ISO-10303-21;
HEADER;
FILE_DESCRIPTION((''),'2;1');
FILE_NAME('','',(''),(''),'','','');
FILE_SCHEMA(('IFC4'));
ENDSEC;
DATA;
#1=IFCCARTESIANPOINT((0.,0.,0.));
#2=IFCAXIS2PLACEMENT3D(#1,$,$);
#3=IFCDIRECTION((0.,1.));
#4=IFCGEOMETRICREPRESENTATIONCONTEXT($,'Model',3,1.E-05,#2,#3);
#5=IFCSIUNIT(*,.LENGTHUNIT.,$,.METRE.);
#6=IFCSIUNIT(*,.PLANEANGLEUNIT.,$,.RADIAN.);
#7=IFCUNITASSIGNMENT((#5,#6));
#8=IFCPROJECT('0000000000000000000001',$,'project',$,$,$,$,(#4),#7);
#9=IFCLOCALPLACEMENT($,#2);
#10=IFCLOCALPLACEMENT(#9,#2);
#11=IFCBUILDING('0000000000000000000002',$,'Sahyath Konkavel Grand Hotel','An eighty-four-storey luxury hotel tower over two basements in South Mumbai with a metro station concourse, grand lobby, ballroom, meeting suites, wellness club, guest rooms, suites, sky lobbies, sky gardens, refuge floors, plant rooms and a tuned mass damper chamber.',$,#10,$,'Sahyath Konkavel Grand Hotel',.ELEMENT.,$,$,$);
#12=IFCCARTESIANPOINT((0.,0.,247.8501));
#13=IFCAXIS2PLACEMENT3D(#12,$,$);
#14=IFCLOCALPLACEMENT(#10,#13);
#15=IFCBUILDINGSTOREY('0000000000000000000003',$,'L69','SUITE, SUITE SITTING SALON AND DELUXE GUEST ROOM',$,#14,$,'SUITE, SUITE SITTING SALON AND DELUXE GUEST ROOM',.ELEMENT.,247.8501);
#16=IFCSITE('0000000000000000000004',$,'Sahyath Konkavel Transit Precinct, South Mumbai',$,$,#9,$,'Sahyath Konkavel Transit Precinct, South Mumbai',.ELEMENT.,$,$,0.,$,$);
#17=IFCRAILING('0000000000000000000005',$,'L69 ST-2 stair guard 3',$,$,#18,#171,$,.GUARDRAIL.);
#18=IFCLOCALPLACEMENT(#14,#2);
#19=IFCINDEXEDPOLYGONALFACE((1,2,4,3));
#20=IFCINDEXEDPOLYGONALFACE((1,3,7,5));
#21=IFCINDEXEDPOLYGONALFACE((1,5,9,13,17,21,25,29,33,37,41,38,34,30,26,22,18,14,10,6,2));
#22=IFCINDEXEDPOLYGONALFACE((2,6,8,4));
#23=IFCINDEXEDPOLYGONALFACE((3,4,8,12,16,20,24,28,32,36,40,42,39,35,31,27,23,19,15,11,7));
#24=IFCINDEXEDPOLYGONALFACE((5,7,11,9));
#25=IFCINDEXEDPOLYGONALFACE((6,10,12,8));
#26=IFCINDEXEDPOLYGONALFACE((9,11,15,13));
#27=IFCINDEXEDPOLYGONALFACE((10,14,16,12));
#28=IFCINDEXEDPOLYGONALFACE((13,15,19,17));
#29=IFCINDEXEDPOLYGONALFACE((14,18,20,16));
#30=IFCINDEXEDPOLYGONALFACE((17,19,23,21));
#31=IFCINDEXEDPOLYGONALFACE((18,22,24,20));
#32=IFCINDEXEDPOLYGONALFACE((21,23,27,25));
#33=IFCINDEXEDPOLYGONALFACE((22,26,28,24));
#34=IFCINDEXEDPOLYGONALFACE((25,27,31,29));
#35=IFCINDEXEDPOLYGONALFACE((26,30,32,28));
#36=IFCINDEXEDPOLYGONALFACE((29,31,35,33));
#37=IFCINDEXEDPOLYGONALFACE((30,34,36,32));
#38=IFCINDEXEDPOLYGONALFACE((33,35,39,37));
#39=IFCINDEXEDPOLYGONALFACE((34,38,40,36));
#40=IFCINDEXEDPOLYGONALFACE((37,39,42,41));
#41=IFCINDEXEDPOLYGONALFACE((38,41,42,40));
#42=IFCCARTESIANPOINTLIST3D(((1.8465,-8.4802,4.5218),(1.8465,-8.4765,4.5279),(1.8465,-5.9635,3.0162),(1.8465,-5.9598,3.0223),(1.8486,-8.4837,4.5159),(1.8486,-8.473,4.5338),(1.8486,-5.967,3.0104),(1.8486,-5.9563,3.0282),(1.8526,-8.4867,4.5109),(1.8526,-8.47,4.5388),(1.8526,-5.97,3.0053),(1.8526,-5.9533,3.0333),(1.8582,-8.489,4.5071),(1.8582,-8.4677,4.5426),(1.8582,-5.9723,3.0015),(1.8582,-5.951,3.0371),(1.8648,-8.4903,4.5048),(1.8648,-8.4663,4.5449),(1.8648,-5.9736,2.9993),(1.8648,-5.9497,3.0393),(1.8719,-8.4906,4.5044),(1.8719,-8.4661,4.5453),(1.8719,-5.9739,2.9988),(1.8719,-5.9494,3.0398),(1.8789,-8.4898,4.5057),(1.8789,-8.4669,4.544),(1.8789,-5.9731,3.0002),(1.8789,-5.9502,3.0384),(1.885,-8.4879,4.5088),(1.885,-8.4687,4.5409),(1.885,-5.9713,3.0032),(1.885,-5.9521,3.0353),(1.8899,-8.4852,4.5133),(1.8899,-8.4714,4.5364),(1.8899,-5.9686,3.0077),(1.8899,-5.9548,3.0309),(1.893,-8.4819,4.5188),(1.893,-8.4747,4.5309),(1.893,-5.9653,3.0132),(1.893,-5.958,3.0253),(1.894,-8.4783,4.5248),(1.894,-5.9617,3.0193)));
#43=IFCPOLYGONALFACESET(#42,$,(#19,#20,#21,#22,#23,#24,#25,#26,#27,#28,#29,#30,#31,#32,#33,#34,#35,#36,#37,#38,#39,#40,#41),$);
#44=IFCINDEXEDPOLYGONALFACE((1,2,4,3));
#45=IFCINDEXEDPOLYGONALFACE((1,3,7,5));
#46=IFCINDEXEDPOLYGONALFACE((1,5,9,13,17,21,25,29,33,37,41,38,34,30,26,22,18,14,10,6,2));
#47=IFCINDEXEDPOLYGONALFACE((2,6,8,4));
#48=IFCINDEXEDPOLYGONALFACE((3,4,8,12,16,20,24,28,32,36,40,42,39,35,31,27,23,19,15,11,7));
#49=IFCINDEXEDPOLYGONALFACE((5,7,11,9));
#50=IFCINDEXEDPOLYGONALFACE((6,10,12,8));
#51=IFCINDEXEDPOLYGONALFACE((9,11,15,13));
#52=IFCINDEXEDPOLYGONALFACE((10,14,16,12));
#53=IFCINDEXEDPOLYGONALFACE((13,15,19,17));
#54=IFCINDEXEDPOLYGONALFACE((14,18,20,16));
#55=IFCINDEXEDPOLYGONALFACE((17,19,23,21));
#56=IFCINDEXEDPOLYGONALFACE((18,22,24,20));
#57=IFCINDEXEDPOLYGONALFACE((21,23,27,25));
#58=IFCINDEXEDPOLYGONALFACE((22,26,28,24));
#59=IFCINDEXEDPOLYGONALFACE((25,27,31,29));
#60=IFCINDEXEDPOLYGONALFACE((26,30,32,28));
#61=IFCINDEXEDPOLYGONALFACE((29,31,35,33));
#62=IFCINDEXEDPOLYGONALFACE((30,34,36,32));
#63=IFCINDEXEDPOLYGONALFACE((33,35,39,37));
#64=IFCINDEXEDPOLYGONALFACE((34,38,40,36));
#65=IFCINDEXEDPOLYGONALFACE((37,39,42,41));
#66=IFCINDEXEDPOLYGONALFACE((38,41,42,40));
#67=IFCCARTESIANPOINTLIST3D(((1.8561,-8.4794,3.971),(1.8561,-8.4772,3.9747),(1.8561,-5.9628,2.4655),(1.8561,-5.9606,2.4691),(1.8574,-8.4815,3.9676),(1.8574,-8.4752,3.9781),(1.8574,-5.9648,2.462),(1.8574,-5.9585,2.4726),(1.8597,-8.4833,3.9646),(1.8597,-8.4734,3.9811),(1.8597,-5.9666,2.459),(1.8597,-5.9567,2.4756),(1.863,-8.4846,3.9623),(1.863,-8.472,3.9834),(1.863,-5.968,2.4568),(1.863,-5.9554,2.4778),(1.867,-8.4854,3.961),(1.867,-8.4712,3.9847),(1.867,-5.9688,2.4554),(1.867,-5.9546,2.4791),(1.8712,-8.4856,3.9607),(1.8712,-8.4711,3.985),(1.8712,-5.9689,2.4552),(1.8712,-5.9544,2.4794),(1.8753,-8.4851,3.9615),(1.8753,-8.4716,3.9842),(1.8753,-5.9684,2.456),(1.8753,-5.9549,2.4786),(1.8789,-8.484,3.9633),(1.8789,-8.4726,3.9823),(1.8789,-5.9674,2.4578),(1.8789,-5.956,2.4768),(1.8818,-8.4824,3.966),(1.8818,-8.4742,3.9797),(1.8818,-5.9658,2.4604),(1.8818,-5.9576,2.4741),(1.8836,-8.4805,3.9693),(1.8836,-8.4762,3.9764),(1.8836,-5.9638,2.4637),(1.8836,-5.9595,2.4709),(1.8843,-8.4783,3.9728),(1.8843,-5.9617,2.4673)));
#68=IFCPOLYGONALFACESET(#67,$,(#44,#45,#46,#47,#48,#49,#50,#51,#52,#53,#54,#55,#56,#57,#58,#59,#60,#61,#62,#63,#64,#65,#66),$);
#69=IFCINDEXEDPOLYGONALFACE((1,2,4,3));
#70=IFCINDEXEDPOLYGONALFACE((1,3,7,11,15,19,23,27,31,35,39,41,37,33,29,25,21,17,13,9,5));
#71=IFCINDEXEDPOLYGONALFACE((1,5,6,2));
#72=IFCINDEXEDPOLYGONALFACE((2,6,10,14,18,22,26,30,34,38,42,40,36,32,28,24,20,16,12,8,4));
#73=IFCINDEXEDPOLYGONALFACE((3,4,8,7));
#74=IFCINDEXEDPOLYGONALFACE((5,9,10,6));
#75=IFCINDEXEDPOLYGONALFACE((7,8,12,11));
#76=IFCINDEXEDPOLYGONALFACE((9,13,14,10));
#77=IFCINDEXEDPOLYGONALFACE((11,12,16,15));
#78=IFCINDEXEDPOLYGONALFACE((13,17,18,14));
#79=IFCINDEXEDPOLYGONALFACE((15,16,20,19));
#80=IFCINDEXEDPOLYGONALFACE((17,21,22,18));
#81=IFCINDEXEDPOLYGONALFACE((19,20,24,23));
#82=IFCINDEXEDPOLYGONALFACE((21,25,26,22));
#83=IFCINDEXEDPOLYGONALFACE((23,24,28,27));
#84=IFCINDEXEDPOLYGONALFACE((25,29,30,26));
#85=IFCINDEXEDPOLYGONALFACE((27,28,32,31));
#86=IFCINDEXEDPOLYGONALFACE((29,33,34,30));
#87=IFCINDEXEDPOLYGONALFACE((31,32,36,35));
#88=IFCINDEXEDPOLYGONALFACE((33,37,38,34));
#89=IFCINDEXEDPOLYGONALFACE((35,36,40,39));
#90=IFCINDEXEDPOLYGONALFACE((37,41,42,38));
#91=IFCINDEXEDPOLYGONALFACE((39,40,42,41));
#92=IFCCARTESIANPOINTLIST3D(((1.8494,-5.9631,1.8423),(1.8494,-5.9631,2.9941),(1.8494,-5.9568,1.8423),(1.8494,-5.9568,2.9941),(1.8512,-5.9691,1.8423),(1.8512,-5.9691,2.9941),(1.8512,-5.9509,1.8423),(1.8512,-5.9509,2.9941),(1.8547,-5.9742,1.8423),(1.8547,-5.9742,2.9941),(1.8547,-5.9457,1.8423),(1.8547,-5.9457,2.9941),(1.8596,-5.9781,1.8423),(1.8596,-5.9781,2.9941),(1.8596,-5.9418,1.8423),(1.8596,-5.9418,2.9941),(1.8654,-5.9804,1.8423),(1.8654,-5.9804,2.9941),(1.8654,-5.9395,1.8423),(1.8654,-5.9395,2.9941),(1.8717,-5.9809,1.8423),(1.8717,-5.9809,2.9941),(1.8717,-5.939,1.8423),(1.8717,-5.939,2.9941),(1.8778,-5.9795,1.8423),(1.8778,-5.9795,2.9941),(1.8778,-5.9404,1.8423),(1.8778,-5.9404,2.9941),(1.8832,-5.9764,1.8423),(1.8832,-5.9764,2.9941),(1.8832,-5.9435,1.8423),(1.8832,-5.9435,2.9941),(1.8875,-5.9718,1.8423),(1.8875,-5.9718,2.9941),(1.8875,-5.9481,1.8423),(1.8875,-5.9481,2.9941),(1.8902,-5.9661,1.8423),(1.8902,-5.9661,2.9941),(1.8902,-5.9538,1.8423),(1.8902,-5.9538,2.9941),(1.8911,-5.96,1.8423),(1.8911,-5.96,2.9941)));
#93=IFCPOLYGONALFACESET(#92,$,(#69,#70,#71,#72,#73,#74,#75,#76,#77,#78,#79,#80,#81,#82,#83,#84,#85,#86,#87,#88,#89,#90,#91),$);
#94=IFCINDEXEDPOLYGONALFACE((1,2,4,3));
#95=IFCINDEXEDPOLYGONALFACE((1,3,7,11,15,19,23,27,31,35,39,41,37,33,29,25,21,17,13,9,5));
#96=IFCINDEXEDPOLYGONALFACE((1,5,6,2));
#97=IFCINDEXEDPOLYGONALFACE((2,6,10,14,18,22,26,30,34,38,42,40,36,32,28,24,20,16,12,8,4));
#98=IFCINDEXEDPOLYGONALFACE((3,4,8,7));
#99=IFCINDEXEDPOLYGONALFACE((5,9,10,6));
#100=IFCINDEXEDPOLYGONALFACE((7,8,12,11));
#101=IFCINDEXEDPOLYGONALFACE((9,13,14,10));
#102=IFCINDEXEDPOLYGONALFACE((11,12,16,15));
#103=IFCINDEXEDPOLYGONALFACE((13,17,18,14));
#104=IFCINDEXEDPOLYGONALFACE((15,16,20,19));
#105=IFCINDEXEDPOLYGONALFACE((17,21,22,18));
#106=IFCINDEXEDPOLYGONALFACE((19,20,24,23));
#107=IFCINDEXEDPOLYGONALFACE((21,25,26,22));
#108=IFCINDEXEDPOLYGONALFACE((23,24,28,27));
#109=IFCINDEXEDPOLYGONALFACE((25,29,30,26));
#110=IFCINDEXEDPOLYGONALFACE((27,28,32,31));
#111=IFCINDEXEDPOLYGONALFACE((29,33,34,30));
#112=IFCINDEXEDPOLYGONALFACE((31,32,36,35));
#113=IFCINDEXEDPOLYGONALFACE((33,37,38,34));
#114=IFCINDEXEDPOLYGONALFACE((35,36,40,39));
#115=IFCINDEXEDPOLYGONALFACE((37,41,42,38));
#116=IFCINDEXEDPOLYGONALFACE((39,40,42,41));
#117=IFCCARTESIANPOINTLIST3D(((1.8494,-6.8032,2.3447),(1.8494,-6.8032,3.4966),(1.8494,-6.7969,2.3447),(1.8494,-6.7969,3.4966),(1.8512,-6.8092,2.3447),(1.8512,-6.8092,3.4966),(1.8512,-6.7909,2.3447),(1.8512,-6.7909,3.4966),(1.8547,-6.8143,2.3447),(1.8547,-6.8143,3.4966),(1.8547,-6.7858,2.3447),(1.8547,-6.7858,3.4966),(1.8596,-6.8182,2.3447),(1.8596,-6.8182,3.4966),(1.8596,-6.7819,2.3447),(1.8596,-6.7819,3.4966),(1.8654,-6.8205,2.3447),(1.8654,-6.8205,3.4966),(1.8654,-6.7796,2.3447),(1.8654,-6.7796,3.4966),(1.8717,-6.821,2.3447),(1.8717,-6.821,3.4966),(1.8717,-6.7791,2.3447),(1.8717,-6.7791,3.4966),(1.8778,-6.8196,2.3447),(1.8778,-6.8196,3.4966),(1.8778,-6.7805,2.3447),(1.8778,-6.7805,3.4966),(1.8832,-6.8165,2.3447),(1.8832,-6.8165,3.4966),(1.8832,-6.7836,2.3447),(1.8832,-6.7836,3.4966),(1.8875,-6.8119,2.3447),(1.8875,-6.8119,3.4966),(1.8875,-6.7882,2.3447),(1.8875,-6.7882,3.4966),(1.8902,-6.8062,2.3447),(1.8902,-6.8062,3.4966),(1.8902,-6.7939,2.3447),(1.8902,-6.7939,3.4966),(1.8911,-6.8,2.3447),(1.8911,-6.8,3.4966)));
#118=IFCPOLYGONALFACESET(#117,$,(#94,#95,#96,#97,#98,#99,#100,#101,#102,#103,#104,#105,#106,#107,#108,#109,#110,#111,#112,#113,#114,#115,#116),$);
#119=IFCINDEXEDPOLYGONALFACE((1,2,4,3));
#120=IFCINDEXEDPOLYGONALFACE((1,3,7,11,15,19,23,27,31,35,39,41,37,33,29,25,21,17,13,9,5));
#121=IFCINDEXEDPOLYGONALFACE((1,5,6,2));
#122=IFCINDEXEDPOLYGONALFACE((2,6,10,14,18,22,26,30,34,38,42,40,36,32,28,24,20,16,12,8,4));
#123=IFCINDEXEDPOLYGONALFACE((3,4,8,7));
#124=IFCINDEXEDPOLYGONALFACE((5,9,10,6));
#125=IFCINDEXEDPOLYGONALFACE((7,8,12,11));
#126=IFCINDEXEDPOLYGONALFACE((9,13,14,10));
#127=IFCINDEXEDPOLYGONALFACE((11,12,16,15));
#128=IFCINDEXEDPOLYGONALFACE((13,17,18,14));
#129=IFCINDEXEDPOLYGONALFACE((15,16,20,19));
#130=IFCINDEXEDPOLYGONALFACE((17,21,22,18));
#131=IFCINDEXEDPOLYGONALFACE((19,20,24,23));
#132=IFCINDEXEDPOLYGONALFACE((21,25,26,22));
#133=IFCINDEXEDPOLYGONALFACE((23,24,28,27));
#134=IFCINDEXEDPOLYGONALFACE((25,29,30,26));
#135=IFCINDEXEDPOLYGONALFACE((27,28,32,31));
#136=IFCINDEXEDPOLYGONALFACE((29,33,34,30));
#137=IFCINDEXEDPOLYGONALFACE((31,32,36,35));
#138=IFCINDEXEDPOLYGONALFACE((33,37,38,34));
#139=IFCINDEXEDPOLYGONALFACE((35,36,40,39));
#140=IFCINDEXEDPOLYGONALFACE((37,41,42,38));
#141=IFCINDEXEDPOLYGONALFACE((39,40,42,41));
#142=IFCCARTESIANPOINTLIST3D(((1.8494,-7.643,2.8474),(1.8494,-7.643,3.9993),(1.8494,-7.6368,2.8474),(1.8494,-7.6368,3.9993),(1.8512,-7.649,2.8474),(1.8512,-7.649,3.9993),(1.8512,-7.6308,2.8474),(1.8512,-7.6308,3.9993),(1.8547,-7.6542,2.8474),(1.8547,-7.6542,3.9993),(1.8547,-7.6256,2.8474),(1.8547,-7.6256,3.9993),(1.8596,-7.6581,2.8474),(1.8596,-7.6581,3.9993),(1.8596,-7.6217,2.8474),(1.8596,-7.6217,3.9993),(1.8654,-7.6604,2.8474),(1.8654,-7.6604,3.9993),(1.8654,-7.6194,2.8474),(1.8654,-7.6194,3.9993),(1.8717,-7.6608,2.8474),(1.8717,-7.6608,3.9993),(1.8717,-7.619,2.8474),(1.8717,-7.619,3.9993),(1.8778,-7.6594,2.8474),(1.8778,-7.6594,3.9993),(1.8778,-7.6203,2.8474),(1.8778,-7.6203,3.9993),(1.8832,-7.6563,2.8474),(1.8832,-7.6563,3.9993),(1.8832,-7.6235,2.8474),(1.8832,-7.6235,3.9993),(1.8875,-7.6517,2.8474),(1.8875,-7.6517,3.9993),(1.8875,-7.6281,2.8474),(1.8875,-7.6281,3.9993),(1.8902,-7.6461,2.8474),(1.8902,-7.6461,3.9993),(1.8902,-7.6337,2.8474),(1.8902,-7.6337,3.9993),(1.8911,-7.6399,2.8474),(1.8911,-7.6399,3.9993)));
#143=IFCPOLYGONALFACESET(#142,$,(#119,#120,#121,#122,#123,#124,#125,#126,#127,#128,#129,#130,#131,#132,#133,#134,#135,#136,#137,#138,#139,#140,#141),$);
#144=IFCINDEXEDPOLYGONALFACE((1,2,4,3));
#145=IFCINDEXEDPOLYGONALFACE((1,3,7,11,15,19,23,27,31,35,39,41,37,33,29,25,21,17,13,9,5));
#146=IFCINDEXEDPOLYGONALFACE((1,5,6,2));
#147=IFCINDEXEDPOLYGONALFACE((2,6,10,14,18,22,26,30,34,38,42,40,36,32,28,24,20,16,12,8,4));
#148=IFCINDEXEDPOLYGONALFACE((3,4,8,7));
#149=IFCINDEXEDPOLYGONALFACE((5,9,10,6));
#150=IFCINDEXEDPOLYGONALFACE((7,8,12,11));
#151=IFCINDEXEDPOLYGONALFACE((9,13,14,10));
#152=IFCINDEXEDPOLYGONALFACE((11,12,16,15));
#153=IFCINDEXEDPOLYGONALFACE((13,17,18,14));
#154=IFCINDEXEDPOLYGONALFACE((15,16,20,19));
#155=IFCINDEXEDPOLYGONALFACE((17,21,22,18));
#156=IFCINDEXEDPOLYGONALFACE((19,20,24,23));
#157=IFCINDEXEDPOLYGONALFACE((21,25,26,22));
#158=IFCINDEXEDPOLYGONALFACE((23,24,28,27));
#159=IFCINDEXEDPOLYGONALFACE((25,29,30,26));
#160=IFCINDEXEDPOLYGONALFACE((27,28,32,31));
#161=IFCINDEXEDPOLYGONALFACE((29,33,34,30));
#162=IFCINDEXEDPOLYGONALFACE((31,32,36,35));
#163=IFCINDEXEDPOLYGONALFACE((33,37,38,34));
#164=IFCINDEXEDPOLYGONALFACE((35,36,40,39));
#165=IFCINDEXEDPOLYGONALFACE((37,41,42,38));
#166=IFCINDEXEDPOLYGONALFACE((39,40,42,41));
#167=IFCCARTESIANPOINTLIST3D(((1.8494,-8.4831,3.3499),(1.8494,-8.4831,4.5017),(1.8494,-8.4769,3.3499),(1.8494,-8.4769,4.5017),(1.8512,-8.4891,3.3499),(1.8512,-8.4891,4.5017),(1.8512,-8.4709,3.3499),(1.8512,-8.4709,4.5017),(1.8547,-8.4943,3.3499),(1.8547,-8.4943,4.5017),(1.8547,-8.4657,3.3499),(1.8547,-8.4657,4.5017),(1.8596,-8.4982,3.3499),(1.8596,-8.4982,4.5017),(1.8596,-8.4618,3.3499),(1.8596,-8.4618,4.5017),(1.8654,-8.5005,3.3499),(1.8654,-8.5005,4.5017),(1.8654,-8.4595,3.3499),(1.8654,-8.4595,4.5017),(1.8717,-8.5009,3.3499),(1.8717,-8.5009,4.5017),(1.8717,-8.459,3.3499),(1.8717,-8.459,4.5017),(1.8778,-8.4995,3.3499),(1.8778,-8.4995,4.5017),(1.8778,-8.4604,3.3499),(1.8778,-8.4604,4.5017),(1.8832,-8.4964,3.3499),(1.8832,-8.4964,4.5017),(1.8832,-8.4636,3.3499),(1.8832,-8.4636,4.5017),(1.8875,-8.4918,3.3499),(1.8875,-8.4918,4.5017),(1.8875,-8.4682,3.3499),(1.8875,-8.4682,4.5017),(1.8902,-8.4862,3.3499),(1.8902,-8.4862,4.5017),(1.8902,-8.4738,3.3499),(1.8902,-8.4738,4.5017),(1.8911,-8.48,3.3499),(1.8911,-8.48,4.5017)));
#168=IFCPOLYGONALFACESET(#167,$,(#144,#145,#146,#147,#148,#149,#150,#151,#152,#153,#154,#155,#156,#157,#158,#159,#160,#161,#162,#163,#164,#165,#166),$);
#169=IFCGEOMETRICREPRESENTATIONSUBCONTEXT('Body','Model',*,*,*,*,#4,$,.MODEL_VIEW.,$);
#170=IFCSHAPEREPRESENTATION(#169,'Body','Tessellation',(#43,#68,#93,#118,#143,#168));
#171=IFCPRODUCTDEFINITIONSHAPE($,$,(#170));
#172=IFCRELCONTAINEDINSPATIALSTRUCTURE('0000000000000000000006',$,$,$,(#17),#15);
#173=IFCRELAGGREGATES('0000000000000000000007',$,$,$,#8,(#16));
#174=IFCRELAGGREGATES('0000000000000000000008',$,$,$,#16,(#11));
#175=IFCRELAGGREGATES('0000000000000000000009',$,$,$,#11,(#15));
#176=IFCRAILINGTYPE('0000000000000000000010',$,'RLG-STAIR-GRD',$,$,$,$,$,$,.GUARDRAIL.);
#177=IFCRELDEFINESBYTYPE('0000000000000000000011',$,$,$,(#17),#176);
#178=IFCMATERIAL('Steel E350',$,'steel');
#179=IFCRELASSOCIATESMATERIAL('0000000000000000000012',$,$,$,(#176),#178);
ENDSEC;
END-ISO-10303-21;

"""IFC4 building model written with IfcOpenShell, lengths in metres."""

from ifc_helpers import new_model, si_unit, direction, frame, origin, origin_2d, place, context, subcontext, project, spatial, circle, extrude, material, type_object, element, save


model = new_model("IFC4")

# Units and contexts
model_context = context("Model", 3, precision=1e-05, world=origin(), true_north=direction((0.0, 1.0)))
body_context = subcontext(model_context, "Body", "Model", "MODEL_VIEW")
ifc_project = project(units=[si_unit("LENGTHUNIT", "METRE"), si_unit("PLANEANGLEUNIT", "RADIAN")], contexts=[model_context])

# Site, building, storey
site_placement = place(None, origin())
site = spatial("IfcSite", under=ifc_project, at=site_placement, Name="Sahyath Konkavel Transit Precinct, South Mumbai", LongName="Sahyath Konkavel Transit Precinct, South Mumbai", CompositionType="ELEMENT", RefElevation=0.0)
building_placement = place(site_placement, origin())
building = spatial("IfcBuilding", under=site, at=building_placement, Name="Sahyath Konkavel Grand Hotel", Description="An eighty-four-storey luxury hotel tower over two basements in South Mumbai with a metro station concourse, grand lobby, ballroom, meeting suites, wellness club, guest rooms, suites, sky lobbies, sky gardens, refuge floors, plant rooms and a tuned mass damper chamber.", LongName="Sahyath Konkavel Grand Hotel", CompositionType="ELEMENT")
storey_placement = place(building_placement, frame((0.0, 0.0, 247.8501)))
storey = spatial("IfcBuildingStorey", under=building, at=storey_placement, Name="L69", Description="SUITE, SUITE SITTING SALON AND DELUXE GUEST ROOM", LongName="SUITE, SUITE SITTING SALON AND DELUXE GUEST ROOM", CompositionType="ELEMENT", Elevation=247.8501)

# Shared definitions
ifc_material_1 = material(Name="Steel E350", Category="steel")

# Railing
railing_type_1 = type_object("IfcRailingType", Name="RLG-STAIR-GRD", PredefinedType="GUARDRAIL", material=ifc_material_1)
railing_1_placement = place(storey_placement, frame((1.8701, -5.96, 1.8423)))
element("IfcRailing", 1, at=railing_1_placement, inside=storey, type_object=railing_type_1, Name="L69 ST-2 stair guard 3", PredefinedType="GUARDRAIL", context=body_context, shape_type="SweptSolid", body=[
    extrude(circle(Radius=0.0239, at=origin_2d()), frame((0.0, -0.0017, 1.177), z_axis=(0.0, -0.85816, 0.513383), x_axis=(1.0, 0.0, 0.0)), (0.0, 0.0, 1.0), 2.9326),
    extrude(circle(Radius=0.0142, at=origin_2d()), frame((0.0, -0.0017, 0.625), z_axis=(0.0, -0.85816, 0.513383), x_axis=(1.0, 0.0, 0.0)), (0.0, 0.0, 1.0), 2.9326),
    extrude(circle(Radius=0.021, at=origin_2d()), origin(), (0.0, 0.0, 1.0), 1.1519),
    extrude(circle(Radius=0.021, at=origin_2d()), frame((0.0, -0.8401, 0.5024)), (0.0, 0.0, 1.0), 1.1519),
    extrude(circle(Radius=0.021, at=origin_2d()), frame((0.0, -1.6799, 1.0051)), (0.0, 0.0, 1.0), 1.1519),
    extrude(circle(Radius=0.021, at=origin_2d()), frame((0.0, -2.52, 1.5076)), (0.0, 0.0, 1.0), 1.1519),
])

save(model, "model.ifc")
